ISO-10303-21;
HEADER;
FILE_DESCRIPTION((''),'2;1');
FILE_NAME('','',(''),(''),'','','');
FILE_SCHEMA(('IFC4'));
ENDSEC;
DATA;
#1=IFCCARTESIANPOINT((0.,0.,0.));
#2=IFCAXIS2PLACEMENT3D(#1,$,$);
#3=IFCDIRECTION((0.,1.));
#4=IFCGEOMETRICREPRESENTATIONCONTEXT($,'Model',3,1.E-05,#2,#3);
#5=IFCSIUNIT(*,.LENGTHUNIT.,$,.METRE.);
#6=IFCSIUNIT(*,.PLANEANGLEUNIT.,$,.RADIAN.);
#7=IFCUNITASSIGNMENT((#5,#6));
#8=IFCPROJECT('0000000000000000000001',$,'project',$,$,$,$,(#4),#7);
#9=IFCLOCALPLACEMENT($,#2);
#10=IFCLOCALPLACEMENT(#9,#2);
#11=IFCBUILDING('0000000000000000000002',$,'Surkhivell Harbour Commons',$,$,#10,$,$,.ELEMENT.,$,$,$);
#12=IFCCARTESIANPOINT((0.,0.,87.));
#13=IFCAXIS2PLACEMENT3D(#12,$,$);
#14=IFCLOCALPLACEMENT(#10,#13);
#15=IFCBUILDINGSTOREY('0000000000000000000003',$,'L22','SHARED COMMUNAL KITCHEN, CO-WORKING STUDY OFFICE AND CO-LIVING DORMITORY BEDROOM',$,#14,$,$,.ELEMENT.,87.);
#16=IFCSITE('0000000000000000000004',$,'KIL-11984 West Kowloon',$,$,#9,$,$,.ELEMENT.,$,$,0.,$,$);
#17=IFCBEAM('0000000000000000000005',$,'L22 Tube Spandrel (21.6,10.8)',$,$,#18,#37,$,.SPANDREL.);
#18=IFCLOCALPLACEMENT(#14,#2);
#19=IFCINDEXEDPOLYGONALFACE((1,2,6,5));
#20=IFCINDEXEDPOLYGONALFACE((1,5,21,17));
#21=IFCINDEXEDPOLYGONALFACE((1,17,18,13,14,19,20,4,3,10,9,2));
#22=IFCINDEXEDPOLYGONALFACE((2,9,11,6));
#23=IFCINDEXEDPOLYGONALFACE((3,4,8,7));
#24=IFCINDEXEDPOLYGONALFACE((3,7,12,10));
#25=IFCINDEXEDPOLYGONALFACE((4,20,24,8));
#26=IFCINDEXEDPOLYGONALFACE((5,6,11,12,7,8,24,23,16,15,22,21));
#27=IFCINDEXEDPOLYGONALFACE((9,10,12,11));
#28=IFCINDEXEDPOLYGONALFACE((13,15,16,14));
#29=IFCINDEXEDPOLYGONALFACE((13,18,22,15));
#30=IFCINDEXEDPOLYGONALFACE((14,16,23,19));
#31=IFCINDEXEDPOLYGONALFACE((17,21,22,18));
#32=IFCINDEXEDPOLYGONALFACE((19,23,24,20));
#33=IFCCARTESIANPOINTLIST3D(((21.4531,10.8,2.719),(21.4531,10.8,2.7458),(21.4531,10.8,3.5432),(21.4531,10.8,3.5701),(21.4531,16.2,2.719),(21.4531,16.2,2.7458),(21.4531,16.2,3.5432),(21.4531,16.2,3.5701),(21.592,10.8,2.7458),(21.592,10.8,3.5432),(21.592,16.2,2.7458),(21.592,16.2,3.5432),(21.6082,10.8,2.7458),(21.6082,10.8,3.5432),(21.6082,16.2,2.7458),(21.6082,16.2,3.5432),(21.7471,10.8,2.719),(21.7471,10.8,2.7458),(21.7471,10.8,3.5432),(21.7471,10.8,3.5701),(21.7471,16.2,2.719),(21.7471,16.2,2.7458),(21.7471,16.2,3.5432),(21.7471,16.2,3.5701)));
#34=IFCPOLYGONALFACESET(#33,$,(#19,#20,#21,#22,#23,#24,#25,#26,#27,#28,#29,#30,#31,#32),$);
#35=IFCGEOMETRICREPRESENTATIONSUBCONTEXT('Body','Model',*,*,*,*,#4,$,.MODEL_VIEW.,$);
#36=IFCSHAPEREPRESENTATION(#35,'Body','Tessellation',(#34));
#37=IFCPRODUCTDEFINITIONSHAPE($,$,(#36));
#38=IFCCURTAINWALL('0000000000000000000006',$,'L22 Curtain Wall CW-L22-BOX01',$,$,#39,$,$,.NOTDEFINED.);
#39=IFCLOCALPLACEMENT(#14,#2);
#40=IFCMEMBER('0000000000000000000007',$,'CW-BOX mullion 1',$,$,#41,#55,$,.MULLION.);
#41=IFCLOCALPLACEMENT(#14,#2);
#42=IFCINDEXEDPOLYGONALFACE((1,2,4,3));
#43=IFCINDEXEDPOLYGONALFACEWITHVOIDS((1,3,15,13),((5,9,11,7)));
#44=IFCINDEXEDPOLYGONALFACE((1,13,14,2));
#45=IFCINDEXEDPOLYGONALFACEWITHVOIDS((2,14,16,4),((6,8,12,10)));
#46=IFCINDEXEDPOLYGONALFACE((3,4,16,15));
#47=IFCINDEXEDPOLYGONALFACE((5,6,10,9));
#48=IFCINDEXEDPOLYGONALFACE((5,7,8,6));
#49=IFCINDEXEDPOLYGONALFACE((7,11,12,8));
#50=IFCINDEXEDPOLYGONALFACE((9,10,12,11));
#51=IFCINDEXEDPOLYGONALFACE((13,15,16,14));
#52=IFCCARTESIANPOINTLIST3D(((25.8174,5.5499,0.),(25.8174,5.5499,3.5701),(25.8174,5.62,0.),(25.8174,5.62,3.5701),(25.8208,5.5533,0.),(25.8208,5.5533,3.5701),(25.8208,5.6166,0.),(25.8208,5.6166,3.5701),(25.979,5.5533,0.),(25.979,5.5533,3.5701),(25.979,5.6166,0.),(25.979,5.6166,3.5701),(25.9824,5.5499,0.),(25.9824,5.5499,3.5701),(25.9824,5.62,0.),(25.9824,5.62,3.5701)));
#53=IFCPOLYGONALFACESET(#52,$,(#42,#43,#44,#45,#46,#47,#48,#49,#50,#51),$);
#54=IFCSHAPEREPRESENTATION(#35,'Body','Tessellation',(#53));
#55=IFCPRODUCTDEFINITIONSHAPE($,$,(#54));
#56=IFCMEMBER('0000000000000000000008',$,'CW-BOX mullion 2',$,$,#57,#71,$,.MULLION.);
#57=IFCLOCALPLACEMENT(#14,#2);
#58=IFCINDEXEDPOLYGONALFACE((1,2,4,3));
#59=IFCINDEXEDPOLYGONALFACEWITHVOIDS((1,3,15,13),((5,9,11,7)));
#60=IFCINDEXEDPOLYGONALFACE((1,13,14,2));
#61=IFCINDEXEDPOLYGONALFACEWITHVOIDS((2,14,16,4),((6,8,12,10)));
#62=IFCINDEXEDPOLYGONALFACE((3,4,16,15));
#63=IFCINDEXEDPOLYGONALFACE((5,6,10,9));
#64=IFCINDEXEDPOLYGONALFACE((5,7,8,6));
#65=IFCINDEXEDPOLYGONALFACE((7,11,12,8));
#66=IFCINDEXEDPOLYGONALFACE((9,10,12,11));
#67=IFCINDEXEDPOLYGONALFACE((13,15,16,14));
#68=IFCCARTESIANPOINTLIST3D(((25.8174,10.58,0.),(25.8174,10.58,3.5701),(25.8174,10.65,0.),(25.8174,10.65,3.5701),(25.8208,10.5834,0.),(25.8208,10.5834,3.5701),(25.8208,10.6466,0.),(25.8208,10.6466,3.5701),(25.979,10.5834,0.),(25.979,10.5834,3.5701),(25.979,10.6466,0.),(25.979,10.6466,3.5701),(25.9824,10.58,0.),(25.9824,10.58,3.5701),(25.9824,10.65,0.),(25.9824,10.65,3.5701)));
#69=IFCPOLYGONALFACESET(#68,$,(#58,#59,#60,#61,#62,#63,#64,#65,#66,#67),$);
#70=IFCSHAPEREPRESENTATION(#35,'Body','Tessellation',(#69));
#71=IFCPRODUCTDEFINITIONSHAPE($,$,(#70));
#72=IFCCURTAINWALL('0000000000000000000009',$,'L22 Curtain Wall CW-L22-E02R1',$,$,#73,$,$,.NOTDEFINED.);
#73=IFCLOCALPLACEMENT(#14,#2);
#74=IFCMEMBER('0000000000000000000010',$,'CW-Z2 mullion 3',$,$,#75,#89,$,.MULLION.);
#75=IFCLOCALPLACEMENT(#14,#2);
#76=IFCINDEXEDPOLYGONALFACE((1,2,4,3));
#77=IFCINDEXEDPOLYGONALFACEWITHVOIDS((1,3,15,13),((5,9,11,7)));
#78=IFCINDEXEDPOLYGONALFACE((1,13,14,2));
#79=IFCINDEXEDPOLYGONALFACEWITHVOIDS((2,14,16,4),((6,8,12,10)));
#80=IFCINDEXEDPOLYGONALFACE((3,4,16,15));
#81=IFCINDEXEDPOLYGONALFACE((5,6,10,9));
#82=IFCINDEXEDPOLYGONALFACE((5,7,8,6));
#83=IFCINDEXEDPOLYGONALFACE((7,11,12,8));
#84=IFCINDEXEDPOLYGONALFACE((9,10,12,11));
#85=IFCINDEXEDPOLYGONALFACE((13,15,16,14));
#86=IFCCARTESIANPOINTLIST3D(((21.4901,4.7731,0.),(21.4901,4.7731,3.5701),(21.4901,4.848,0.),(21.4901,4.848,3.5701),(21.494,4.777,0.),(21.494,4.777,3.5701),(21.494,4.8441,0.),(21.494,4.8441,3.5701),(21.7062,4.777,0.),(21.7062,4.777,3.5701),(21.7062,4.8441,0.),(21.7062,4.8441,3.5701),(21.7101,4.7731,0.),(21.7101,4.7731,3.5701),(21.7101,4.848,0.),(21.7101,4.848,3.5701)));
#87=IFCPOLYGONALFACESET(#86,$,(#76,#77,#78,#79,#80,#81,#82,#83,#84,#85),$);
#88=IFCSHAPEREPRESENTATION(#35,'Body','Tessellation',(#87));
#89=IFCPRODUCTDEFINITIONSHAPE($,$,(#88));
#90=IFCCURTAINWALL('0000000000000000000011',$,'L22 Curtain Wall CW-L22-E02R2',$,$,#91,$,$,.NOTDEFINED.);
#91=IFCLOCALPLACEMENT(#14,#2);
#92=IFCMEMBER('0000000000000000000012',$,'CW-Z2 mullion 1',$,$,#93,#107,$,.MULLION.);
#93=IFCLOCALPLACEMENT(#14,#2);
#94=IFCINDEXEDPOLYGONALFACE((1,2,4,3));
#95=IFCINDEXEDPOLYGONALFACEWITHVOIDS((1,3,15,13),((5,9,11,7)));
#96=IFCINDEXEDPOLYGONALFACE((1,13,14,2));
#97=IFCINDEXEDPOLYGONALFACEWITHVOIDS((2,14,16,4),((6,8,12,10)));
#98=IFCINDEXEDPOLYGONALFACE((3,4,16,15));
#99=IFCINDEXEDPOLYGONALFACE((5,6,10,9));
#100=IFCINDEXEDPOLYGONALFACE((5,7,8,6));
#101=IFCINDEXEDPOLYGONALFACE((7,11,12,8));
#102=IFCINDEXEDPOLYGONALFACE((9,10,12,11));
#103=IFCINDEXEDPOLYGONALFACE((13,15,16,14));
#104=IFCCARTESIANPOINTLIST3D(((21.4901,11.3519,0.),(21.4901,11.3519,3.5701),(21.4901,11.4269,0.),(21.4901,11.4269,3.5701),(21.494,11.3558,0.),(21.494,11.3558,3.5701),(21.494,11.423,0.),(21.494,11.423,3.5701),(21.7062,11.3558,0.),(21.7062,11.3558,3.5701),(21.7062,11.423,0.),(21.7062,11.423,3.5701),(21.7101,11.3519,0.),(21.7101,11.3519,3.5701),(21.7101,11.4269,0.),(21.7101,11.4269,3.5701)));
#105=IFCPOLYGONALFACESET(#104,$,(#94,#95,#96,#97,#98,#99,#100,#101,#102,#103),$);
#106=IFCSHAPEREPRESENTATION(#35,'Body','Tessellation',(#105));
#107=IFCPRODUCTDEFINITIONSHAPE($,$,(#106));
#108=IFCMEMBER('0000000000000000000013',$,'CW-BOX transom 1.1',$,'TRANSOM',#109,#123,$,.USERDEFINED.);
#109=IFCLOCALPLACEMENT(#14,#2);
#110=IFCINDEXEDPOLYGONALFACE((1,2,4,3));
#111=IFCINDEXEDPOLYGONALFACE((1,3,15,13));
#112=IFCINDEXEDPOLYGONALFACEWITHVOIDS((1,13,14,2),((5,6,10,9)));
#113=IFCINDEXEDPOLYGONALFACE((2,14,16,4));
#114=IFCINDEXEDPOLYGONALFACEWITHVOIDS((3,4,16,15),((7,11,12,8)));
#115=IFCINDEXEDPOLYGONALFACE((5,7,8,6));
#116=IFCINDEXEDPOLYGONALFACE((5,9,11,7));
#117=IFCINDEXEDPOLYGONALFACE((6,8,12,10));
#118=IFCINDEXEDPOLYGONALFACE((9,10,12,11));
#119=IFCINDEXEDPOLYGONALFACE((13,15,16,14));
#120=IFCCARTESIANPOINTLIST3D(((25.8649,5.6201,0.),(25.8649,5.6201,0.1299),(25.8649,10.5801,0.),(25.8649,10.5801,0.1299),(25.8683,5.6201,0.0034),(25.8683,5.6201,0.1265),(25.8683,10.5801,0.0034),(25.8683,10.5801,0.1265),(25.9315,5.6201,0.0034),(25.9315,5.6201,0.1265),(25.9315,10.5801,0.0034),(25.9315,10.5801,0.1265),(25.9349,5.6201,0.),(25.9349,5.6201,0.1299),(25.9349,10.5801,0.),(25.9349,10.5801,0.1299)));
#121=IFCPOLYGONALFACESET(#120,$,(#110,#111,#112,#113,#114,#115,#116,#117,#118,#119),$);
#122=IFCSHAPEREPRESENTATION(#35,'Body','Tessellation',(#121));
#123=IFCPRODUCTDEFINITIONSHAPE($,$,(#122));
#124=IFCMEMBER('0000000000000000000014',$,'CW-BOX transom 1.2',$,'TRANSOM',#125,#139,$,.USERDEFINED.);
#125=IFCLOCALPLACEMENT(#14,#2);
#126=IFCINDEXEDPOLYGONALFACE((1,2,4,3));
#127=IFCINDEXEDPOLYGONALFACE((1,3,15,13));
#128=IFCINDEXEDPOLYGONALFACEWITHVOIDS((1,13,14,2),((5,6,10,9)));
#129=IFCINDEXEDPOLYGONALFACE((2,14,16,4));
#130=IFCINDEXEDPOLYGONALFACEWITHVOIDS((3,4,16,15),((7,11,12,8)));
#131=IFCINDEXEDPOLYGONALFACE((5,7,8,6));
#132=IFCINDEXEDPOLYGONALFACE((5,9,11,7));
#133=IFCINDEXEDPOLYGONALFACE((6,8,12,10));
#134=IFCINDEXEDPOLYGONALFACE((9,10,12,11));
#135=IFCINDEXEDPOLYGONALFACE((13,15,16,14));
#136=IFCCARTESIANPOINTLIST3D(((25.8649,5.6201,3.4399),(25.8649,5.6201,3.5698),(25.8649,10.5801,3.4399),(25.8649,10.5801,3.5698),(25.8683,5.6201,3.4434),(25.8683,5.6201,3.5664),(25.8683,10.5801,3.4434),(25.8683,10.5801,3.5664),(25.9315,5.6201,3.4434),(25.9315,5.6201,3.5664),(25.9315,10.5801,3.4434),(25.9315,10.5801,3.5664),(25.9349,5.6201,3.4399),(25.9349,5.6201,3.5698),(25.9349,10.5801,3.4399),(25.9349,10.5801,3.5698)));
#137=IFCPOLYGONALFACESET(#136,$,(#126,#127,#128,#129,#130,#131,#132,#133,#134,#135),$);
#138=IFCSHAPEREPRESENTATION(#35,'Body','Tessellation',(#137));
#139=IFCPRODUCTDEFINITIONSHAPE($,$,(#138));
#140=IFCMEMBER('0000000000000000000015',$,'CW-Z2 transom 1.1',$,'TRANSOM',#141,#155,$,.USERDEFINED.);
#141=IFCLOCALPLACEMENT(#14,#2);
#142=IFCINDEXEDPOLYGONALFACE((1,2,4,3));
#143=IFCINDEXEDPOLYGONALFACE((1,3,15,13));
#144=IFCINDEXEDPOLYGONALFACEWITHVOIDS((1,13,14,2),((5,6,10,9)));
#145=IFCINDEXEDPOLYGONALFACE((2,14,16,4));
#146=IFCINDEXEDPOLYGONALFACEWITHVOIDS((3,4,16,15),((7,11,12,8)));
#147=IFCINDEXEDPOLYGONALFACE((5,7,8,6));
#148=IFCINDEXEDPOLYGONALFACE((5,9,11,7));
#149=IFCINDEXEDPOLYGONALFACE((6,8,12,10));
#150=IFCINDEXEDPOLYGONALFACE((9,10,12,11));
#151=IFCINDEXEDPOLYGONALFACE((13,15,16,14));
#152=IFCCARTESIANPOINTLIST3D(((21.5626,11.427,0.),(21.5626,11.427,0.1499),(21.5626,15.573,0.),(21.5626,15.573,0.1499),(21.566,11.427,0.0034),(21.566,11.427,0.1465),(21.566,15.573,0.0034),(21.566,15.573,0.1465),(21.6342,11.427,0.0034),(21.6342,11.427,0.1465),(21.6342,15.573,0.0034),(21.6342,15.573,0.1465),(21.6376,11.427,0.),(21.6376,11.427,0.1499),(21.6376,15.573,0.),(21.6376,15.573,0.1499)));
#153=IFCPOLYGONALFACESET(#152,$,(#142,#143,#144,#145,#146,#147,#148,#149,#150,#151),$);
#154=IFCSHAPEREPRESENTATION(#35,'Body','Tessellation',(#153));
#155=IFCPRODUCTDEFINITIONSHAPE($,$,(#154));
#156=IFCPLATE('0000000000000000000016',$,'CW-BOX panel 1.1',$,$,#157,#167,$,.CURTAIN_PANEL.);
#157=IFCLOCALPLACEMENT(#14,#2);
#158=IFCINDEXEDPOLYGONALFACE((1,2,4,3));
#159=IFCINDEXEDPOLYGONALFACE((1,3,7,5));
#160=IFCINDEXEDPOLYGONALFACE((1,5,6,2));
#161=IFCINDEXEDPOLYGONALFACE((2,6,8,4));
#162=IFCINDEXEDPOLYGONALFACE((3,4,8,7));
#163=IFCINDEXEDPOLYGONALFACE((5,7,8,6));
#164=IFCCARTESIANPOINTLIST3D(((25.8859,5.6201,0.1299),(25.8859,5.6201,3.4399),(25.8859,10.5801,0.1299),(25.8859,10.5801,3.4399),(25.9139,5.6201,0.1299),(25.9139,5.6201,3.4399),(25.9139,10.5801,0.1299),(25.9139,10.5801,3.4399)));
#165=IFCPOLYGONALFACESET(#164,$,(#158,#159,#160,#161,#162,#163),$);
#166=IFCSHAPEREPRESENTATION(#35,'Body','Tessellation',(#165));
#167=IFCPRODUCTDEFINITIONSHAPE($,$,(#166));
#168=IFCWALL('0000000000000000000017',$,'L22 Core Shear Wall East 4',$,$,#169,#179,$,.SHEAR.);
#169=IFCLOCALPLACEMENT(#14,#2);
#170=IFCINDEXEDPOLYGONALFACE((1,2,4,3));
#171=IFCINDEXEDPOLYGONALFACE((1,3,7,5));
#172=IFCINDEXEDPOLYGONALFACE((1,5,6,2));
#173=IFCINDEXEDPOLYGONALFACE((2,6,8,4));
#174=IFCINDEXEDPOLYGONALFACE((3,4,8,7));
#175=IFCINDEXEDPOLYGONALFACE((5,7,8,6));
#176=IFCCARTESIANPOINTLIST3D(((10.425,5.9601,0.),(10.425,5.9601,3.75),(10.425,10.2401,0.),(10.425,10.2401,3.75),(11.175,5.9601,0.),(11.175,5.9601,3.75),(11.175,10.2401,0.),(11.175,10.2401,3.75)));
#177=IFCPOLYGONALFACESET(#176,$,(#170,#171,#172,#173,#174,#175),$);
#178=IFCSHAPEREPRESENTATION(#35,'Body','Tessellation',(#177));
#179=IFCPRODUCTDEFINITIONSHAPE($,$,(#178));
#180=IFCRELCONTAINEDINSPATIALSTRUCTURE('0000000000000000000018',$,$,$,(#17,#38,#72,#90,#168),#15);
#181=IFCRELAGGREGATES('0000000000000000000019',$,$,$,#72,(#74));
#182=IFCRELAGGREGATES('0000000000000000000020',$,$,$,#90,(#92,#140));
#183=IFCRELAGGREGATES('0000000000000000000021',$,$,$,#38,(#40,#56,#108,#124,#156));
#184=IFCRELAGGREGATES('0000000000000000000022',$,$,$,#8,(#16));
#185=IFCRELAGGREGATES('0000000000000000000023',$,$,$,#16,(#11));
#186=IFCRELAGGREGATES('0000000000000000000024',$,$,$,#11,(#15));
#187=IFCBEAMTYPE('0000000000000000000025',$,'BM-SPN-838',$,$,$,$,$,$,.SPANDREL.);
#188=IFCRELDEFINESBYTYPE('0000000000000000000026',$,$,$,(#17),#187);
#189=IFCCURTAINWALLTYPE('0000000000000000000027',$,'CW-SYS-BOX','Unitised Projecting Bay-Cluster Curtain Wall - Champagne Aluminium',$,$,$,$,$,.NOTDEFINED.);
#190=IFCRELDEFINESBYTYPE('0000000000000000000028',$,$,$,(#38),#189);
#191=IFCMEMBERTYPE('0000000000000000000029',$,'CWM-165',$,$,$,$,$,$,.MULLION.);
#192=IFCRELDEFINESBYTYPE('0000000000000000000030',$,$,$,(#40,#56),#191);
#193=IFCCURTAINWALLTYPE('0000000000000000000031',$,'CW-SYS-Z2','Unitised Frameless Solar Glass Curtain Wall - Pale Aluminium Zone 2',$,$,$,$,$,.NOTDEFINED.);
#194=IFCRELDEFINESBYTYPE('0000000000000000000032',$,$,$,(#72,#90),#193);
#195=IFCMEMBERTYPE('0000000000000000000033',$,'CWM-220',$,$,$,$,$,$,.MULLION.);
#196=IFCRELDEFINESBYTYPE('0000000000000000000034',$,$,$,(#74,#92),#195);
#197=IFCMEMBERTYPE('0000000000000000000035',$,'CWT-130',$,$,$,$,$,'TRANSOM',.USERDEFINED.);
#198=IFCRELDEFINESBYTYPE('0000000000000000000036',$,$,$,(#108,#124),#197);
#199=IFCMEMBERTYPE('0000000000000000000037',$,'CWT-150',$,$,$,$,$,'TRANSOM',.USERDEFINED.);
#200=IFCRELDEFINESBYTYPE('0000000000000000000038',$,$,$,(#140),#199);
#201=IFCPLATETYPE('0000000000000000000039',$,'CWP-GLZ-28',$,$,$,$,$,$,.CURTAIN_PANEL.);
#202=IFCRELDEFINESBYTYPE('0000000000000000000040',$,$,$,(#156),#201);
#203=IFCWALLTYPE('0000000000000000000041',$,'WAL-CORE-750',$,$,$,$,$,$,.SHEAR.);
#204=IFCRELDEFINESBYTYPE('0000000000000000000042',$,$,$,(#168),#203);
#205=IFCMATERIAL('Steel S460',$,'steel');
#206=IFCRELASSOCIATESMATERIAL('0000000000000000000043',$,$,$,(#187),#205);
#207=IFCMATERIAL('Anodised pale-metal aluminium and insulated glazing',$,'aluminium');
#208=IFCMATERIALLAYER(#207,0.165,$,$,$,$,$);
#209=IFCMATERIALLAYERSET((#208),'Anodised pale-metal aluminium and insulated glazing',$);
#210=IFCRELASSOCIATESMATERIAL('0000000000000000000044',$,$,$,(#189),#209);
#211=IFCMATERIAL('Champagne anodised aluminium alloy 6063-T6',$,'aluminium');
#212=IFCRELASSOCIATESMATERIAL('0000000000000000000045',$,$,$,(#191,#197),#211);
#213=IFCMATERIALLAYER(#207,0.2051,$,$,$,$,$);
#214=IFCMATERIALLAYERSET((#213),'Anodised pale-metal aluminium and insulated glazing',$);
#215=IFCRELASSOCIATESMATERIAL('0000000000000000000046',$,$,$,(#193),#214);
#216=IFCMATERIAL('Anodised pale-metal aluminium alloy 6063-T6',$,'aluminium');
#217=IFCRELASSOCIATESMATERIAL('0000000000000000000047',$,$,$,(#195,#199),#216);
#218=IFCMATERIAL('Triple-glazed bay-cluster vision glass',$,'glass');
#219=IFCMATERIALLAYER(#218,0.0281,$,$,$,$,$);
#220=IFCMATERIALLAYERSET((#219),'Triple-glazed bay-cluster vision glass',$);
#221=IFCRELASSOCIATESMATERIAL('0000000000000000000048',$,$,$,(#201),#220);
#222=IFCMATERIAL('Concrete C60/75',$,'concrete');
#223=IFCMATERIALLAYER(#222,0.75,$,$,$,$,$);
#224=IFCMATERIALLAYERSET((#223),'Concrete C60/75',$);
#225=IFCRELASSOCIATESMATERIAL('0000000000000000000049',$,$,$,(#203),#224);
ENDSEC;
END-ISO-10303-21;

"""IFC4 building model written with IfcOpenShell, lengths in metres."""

from ifc_helpers import new_model, si_unit, direction, frame, frame_2d, origin, origin_2d, place, context, subcontext, project, spatial, rectangle, hollow_rectangle, i_section, extrude, material, layer, layer_set, material_profile, profile_set, type_object, element, aggregate, save


model = new_model("IFC4")

# Units and contexts
model_context = context("Model", 3, precision=1e-05, world=origin(), true_north=direction((0.0, 1.0)))
body_context = subcontext(model_context, "Body", "Model", "MODEL_VIEW")
ifc_project = project(units=[si_unit("LENGTHUNIT", "METRE"), si_unit("PLANEANGLEUNIT", "RADIAN")], contexts=[model_context])

# Site, building, storey
site_placement = place(None, origin())
site = spatial("IfcSite", under=ifc_project, at=site_placement, Name="KIL-11984 West Kowloon", CompositionType="ELEMENT", RefElevation=0.0)
building_placement = place(site_placement, origin())
building = spatial("IfcBuilding", under=site, at=building_placement, Name="Surkhivell Harbour Commons", CompositionType="ELEMENT")
storey_placement = place(building_placement, frame((0.0, 0.0, 87.0)))
storey = spatial("IfcBuildingStorey", under=building, at=storey_placement, Name="L22", Description="SHARED COMMUNAL KITCHEN, CO-WORKING STUDY OFFICE AND CO-LIVING DORMITORY BEDROOM", CompositionType="ELEMENT", Elevation=87.0)

# Shared definitions
ifc_material_1 = material(Name="Concrete C60/75", Category="concrete")

# Beam
ifc_material_2 = material(Name="Steel S460", Category="steel")
ifc_material_profile_1 = material_profile(ifc_material_2, i_section(OverallWidth=0.2939, OverallDepth=0.8511, WebThickness=0.0161, FlangeThickness=0.0269, at=origin_2d()), Name="UB838x292x226")
ifc_profile_set_1 = profile_set([ifc_material_profile_1], Name="Steel S460")
beam_type_1 = type_object("IfcBeamType", Name="BM-SPN-838", PredefinedType="SPANDREL", material=ifc_profile_set_1)
beam_1_placement = place(storey_placement, frame((21.6001, 10.8, 3.1445), z_axis=(0.0, 1.0, 0.0), x_axis=(-1.0, 0.0, 0.0)))
element("IfcBeam", 1, at=beam_1_placement, inside=storey, type_object=beam_type_1, Name="L22 Tube Spandrel (21.6,10.8)", PredefinedType="SPANDREL", context=body_context, shape_type="SweptSolid", body=[
    extrude(i_section(OverallWidth=0.2939, OverallDepth=0.8511, WebThickness=0.0161, FlangeThickness=0.0269, at=origin_2d()), origin(), (0.0, 0.0, 1.0), 5.3999),
])

# Curtain wall, members
ifc_material_3 = material(Name="Anodised pale-metal aluminium and insulated glazing", Category="aluminium")
ifc_layer_1 = layer(ifc_material_3, 0.165)
ifc_layer_set_1 = layer_set([ifc_layer_1], Name="Anodised pale-metal aluminium and insulated glazing")
curtain_wall_type_1 = type_object("IfcCurtainWallType", Name="CW-SYS-BOX", Description="Unitised Projecting Bay-Cluster Curtain Wall - Champagne Aluminium", PredefinedType="NOTDEFINED", material=ifc_layer_set_1)
curtain_wall_1_placement = place(storey_placement, origin())
curtain_wall_1 = element("IfcCurtainWall", 2, at=curtain_wall_1_placement, inside=storey, type_object=curtain_wall_type_1, Name="L22 Curtain Wall CW-L22-BOX01", PredefinedType="NOTDEFINED")
ifc_material_4 = material(Name="Champagne anodised aluminium alloy 6063-T6", Category="aluminium")
ifc_material_profile_2 = material_profile(ifc_material_4, hollow_rectangle(XDim=0.0701, YDim=0.165, WallThickness=0.0034, at=origin_2d()), Name="ALU-MULL-70x165")
ifc_profile_set_2 = profile_set([ifc_material_profile_2], Name="Champagne anodised aluminium alloy 6063-T6")
member_type_1 = type_object("IfcMemberType", Name="CWM-165", PredefinedType="MULLION", material=ifc_profile_set_2)
member_1_placement = place(storey_placement, frame((25.8999, 5.585, 0.0), z_axis=(0.0, 0.0, 1.0), x_axis=(0.0, 1.0, 0.0)))
member_1 = element("IfcMember", 3, at=member_1_placement, type_object=member_type_1, Name="CW-BOX mullion 1", PredefinedType="MULLION", context=body_context, shape_type="SweptSolid", body=[
    extrude(hollow_rectangle(XDim=0.0701, YDim=0.165, WallThickness=0.0034, at=origin_2d()), origin(), (0.0, 0.0, 1.0), 3.5701),
])
member_2_placement = place(storey_placement, frame((25.8999, 10.615, 0.0), z_axis=(0.0, 0.0, 1.0), x_axis=(0.0, 1.0, 0.0)))
member_2 = element("IfcMember", 4, at=member_2_placement, type_object=member_type_1, Name="CW-BOX mullion 2", PredefinedType="MULLION", context=body_context, shape_type="SweptSolid", body=[
    extrude(hollow_rectangle(XDim=0.0701, YDim=0.165, WallThickness=0.0034, at=origin_2d()), origin(), (0.0, 0.0, 1.0), 3.5701),
])

# Curtain walls, members
ifc_layer_2 = layer(ifc_material_3, 0.2051)
ifc_layer_set_2 = layer_set([ifc_layer_2], Name="Anodised pale-metal aluminium and insulated glazing")
curtain_wall_type_2 = type_object("IfcCurtainWallType", Name="CW-SYS-Z2", Description="Unitised Frameless Solar Glass Curtain Wall - Pale Aluminium Zone 2", PredefinedType="NOTDEFINED", material=ifc_layer_set_2)
curtain_wall_2_placement = place(storey_placement, origin())
curtain_wall_2 = element("IfcCurtainWall", 5, at=curtain_wall_2_placement, inside=storey, type_object=curtain_wall_type_2, Name="L22 Curtain Wall CW-L22-E02R1", PredefinedType="NOTDEFINED")
ifc_material_5 = material(Name="Anodised pale-metal aluminium alloy 6063-T6", Category="aluminium")
ifc_material_profile_3 = material_profile(ifc_material_5, hollow_rectangle(XDim=0.075, YDim=0.22, WallThickness=0.0039, at=origin_2d()), Name="ALU-MULL-75x220")
ifc_profile_set_3 = profile_set([ifc_material_profile_3], Name="Anodised pale-metal aluminium alloy 6063-T6")
member_type_2 = type_object("IfcMemberType", Name="CWM-220", PredefinedType="MULLION", material=ifc_profile_set_3)
member_3_placement = place(storey_placement, frame((21.6001, 4.8105, 0.0), z_axis=(0.0, 0.0, 1.0), x_axis=(0.0, 1.0, 0.0)))
member_3 = element("IfcMember", 6, at=member_3_placement, type_object=member_type_2, Name="CW-Z2 mullion 3", PredefinedType="MULLION", context=body_context, shape_type="SweptSolid", body=[
    extrude(hollow_rectangle(XDim=0.075, YDim=0.22, WallThickness=0.0039, at=origin_2d()), origin(), (0.0, 0.0, 1.0), 3.5701),
])
aggregate(curtain_wall_2, [member_3])
curtain_wall_3_placement = place(storey_placement, origin())
curtain_wall_3 = element("IfcCurtainWall", 7, at=curtain_wall_3_placement, inside=storey, type_object=curtain_wall_type_2, Name="L22 Curtain Wall CW-L22-E02R2", PredefinedType="NOTDEFINED")
member_4_placement = place(storey_placement, frame((21.6001, 11.3894, 0.0), z_axis=(0.0, 0.0, 1.0), x_axis=(0.0, 1.0, 0.0)))
member_4 = element("IfcMember", 8, at=member_4_placement, type_object=member_type_2, Name="CW-Z2 mullion 1", PredefinedType="MULLION", context=body_context, shape_type="SweptSolid", body=[
    extrude(hollow_rectangle(XDim=0.075, YDim=0.22, WallThickness=0.0039, at=origin_2d()), origin(), (0.0, 0.0, 1.0), 3.5701),
])

# Members
ifc_material_profile_4 = material_profile(ifc_material_4, hollow_rectangle(XDim=0.0701, YDim=0.1299, WallThickness=0.0034, at=origin_2d()), Name="ALU-TRAN-70x130")
ifc_profile_set_4 = profile_set([ifc_material_profile_4], Name="Champagne anodised aluminium alloy 6063-T6")
member_type_3 = type_object("IfcMemberType", Name="CWT-130", ElementType="TRANSOM", PredefinedType="USERDEFINED", material=ifc_profile_set_4)
member_5_placement = place(storey_placement, frame((25.8999, 5.6201, 0.0649), z_axis=(0.0, 1.0, 0.0), x_axis=(-1.0, 0.0, 0.0)))
member_5 = element("IfcMember", 9, at=member_5_placement, type_object=member_type_3, Name="CW-BOX transom 1.1", ObjectType="TRANSOM", PredefinedType="USERDEFINED", context=body_context, shape_type="SweptSolid", body=[
    extrude(hollow_rectangle(XDim=0.0701, YDim=0.1299, WallThickness=0.0034, at=origin_2d()), origin(), (0.0, 0.0, 1.0), 4.96),
])
member_6_placement = place(storey_placement, frame((25.8999, 5.6201, 3.5049), z_axis=(0.0, 1.0, 0.0), x_axis=(-1.0, 0.0, 0.0)))
member_6 = element("IfcMember", 10, at=member_6_placement, type_object=member_type_3, Name="CW-BOX transom 1.2", ObjectType="TRANSOM", PredefinedType="USERDEFINED", context=body_context, shape_type="SweptSolid", body=[
    extrude(hollow_rectangle(XDim=0.0701, YDim=0.1299, WallThickness=0.0034, at=origin_2d()), origin(), (0.0, 0.0, 1.0), 4.96),
])
ifc_material_profile_5 = material_profile(ifc_material_5, hollow_rectangle(XDim=0.075, YDim=0.1499, WallThickness=0.0034, at=origin_2d()), Name="ALU-TRAN-75x150")
ifc_profile_set_5 = profile_set([ifc_material_profile_5], Name="Anodised pale-metal aluminium alloy 6063-T6")
member_type_4 = type_object("IfcMemberType", Name="CWT-150", ElementType="TRANSOM", PredefinedType="USERDEFINED", material=ifc_profile_set_5)
member_7_placement = place(storey_placement, frame((21.6001, 11.427, 0.075), z_axis=(0.0, 1.0, 0.0), x_axis=(-1.0, 0.0, 0.0)))
member_7 = element("IfcMember", 11, at=member_7_placement, type_object=member_type_4, Name="CW-Z2 transom 1.1", ObjectType="TRANSOM", PredefinedType="USERDEFINED", context=body_context, shape_type="SweptSolid", body=[
    extrude(hollow_rectangle(XDim=0.075, YDim=0.1499, WallThickness=0.0034, at=origin_2d()), origin(), (0.0, 0.0, 1.0), 4.146),
])
aggregate(curtain_wall_3, [member_4, member_7])

# Plate
ifc_material_6 = material(Name="Triple-glazed bay-cluster vision glass", Category="glass")
ifc_layer_3 = layer(ifc_material_6, 0.0281)
ifc_layer_set_3 = layer_set([ifc_layer_3], Name="Triple-glazed bay-cluster vision glass")
plate_type = type_object("IfcPlateType", Name="CWP-GLZ-28", PredefinedType="CURTAIN_PANEL", material=ifc_layer_set_3)
plate_placement = place(storey_placement, frame((25.8999, 5.6201, 0.1299), z_axis=(0.0, 0.0, 1.0), x_axis=(0.0, 1.0, 0.0)))
plate = element("IfcPlate", 12, at=plate_placement, type_object=plate_type, Name="CW-BOX panel 1.1", PredefinedType="CURTAIN_PANEL", context=body_context, shape_type="SweptSolid", body=[
    extrude(rectangle(XDim=4.96, YDim=0.0281, at=frame_2d((2.48, 0.0))), origin(), (0.0, 0.0, 1.0), 3.3101),
])
aggregate(curtain_wall_1, [member_1, member_2, member_5, member_6, plate])

# Wall
ifc_layer_4 = layer(ifc_material_1, 0.75)
ifc_layer_set_4 = layer_set([ifc_layer_4], Name="Concrete C60/75")
wall_type_1 = type_object("IfcWallType", Name="WAL-CORE-750", PredefinedType="SHEAR", material=ifc_layer_set_4)
wall_1_placement = place(storey_placement, frame((10.8, 5.96, 0.0), z_axis=(0.0, 0.0, 1.0), x_axis=(0.0, 1.0, 0.0)))
element("IfcWall", 13, at=wall_1_placement, inside=storey, type_object=wall_type_1, Name="L22 Core Shear Wall East 4", PredefinedType="SHEAR", context=body_context, shape_type="SweptSolid", body=[
    extrude(rectangle(XDim=4.28, YDim=0.75, at=frame_2d((2.1401, 0.0))), origin(), (0.0, 0.0, 1.0), 3.75),
])

save(model, "model.ifc")
